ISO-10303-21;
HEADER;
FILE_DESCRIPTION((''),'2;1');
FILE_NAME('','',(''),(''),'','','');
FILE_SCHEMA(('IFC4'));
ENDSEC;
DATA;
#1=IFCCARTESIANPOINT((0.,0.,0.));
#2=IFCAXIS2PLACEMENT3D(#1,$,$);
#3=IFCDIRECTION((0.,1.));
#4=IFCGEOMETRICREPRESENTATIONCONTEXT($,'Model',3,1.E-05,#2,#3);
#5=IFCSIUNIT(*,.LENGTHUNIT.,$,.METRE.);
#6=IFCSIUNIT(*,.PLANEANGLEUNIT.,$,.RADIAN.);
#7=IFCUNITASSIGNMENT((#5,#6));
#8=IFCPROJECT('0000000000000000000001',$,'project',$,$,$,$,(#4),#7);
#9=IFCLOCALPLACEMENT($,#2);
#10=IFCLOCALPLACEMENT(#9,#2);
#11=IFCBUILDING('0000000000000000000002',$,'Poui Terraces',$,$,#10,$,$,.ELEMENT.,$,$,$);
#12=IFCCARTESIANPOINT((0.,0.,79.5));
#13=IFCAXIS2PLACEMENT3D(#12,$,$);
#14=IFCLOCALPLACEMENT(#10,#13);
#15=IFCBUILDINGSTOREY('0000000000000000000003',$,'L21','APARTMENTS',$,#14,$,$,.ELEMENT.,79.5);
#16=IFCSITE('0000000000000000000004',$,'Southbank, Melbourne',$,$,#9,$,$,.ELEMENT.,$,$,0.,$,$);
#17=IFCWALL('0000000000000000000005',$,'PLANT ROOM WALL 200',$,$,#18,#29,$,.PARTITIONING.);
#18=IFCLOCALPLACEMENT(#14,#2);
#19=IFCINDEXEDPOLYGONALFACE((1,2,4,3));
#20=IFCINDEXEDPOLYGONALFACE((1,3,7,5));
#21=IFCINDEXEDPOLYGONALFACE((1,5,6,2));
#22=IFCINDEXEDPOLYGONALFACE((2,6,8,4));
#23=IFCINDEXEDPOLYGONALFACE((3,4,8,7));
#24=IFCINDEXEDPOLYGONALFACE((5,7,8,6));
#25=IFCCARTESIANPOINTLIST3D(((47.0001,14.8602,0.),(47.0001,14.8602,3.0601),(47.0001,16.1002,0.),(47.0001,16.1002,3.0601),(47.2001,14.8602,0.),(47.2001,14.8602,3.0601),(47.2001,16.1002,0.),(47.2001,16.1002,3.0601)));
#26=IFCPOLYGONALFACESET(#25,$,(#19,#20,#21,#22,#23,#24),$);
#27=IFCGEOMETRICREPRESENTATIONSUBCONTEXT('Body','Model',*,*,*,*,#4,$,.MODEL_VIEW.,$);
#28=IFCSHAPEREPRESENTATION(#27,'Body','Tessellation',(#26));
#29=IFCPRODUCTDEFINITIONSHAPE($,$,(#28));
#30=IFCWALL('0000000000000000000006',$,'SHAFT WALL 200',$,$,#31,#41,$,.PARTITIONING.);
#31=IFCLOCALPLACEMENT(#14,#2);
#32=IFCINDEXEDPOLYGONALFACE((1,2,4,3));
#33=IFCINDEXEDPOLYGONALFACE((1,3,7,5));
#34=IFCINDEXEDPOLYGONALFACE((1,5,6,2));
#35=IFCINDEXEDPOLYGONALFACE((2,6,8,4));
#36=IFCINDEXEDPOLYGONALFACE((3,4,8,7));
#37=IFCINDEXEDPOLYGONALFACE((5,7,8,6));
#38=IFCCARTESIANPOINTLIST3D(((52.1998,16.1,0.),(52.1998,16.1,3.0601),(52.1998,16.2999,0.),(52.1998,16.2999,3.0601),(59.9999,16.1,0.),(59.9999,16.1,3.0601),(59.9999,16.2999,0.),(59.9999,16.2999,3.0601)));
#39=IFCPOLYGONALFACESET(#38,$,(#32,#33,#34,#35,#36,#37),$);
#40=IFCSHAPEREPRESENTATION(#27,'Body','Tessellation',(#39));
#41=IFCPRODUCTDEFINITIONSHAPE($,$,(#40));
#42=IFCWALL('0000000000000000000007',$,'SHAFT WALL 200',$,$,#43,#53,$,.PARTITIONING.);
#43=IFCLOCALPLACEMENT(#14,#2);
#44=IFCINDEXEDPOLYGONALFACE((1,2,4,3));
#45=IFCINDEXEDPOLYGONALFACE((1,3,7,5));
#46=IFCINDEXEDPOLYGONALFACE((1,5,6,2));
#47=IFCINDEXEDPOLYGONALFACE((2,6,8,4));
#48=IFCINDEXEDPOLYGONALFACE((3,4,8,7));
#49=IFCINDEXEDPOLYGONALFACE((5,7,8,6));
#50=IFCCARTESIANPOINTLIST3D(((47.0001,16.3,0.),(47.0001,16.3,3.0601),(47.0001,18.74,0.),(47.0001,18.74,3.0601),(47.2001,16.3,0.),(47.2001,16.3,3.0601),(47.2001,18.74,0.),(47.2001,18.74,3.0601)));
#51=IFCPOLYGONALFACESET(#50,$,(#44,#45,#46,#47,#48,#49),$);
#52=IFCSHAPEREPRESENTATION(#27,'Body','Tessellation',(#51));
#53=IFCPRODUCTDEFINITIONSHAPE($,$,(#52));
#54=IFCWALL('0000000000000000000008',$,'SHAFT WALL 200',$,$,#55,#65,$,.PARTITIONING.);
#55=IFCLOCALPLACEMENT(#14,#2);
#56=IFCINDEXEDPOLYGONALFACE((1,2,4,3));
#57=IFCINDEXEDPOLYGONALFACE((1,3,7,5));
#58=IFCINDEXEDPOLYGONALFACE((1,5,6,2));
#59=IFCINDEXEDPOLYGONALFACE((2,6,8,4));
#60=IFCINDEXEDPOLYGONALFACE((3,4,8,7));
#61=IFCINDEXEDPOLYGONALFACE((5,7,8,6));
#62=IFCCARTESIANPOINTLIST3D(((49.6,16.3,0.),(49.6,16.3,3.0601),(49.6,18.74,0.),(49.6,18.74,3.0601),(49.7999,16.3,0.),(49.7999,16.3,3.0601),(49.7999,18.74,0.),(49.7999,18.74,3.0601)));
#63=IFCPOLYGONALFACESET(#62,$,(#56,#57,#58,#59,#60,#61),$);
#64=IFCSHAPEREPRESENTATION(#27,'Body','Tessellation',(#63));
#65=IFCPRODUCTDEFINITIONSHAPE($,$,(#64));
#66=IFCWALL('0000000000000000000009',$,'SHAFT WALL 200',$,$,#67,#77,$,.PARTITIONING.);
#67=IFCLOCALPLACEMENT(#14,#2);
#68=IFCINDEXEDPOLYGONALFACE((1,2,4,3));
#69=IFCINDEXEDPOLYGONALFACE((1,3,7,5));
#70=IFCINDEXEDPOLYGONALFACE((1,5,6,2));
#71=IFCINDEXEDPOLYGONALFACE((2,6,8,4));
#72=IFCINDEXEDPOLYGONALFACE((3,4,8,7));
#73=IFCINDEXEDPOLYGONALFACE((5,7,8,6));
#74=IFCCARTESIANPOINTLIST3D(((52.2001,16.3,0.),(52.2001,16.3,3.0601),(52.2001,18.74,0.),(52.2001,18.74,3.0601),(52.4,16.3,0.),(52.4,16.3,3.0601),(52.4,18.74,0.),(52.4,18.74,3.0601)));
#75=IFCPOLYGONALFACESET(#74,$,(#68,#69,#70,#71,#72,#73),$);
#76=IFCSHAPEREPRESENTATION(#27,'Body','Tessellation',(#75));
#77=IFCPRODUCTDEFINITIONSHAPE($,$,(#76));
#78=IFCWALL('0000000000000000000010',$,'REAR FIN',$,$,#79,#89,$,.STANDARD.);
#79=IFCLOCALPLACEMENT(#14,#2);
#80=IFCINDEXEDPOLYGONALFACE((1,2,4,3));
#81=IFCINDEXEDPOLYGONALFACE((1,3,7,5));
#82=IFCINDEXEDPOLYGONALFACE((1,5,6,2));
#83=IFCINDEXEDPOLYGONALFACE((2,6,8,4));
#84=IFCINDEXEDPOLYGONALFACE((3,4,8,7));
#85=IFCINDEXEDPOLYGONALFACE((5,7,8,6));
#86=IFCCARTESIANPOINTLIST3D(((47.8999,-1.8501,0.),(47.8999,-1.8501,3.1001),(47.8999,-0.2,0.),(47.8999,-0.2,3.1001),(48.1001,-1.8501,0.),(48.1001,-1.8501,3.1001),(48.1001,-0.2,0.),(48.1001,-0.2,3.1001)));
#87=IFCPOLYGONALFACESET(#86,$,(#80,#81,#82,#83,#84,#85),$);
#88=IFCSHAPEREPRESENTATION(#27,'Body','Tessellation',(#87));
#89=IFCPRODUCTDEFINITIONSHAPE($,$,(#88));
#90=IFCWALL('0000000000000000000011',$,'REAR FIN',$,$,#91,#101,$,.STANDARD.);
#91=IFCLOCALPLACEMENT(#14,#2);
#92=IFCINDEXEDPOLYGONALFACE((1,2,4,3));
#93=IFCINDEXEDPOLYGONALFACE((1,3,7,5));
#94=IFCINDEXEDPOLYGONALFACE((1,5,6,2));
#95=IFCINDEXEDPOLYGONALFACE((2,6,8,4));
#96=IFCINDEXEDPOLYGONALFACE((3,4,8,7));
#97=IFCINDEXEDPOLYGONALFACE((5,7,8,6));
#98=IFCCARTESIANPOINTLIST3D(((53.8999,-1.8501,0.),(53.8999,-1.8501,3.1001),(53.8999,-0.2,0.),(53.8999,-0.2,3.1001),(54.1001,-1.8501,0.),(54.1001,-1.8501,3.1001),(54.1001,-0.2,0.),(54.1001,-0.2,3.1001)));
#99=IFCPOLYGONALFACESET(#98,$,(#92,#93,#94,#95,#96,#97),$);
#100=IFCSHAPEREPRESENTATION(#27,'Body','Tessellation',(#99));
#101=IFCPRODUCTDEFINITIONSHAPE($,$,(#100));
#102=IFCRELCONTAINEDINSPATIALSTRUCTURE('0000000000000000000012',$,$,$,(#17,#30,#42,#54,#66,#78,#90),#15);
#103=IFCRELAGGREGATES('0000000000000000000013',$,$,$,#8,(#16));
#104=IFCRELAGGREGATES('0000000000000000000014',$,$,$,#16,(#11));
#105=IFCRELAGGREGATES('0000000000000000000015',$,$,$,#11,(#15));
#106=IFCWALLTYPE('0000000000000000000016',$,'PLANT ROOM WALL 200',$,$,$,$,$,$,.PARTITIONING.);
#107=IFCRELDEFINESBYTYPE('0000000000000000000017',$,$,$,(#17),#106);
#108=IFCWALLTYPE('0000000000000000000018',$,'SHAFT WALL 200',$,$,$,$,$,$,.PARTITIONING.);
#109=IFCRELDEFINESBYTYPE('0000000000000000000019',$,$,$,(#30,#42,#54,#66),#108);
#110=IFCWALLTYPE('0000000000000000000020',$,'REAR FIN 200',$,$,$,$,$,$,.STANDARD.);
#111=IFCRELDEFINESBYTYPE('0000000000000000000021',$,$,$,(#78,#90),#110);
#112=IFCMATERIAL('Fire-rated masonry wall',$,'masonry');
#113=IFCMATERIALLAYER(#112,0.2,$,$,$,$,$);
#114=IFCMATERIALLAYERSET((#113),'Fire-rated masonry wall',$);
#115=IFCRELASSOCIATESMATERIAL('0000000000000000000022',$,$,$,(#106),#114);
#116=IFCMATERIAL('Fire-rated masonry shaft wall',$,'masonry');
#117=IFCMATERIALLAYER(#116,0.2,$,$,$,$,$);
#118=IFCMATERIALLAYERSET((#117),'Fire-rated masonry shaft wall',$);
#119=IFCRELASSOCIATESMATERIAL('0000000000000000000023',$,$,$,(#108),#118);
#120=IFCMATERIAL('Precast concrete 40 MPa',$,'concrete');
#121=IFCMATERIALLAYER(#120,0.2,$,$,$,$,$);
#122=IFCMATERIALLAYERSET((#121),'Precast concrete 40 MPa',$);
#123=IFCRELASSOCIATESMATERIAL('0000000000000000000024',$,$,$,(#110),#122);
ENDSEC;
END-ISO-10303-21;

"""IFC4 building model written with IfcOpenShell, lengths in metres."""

from ifc_helpers import new_model, si_unit, direction, frame, frame_2d, origin, place, context, subcontext, project, spatial, polyline, rectangle, outline, extrude, source, transform, mapped, material, layer, layer_set, type_object, element, save


model = new_model("IFC4")

# Units and contexts
model_context = context("Model", 3, precision=1e-05, world=origin(), true_north=direction((0.0, 1.0)))
body_context = subcontext(model_context, "Body", "Model", "MODEL_VIEW")
ifc_project = project(units=[si_unit("LENGTHUNIT", "METRE"), si_unit("PLANEANGLEUNIT", "RADIAN")], contexts=[model_context])

# Site, building, storey
site_placement = place(None, origin())
site = spatial("IfcSite", under=ifc_project, at=site_placement, Name="Southbank, Melbourne", CompositionType="ELEMENT", RefElevation=0.0)
building_placement = place(site_placement, origin())
building = spatial("IfcBuilding", under=site, at=building_placement, Name="Poui Terraces", CompositionType="ELEMENT")
storey_placement = place(building_placement, frame((0.0, 0.0, 79.5)))
storey = spatial("IfcBuildingStorey", under=building, at=storey_placement, Name="L21", Description="APARTMENTS", CompositionType="ELEMENT", Elevation=79.5)

# Shared definitions
ifc_material_1 = material(Name="Precast concrete 40 MPa", Category="concrete")

# Walls
ifc_material_2 = material(Name="Fire-rated masonry wall", Category="masonry")
ifc_layer_1 = layer(ifc_material_2, 0.2)
ifc_layer_set_1 = layer_set([ifc_layer_1], Name="Fire-rated masonry wall")
wall_type_1 = type_object("IfcWallType", Name="PLANT ROOM WALL 200", PredefinedType="PARTITIONING", material=ifc_layer_set_1)
wall_1_placement = place(storey_placement, frame((47.1001, 14.8601, 0.0), z_axis=(0.0, 0.0, 1.0), x_axis=(0.0, 1.0, 0.0)))
element("IfcWall", 1, at=wall_1_placement, inside=storey, type_object=wall_type_1, Name="PLANT ROOM WALL 200", PredefinedType="PARTITIONING", context=body_context, shape_type="SweptSolid", body=[
    extrude(rectangle(XDim=1.24, YDim=0.2, at=frame_2d((0.6201, 0.0))), origin(), (0.0, 0.0, 1.0), 3.0601),
])
ifc_material_3 = material(Name="Fire-rated masonry shaft wall", Category="masonry")
ifc_layer_2 = layer(ifc_material_3, 0.2)
ifc_layer_set_2 = layer_set([ifc_layer_2], Name="Fire-rated masonry shaft wall")
wall_type_2 = type_object("IfcWallType", Name="SHAFT WALL 200", PredefinedType="PARTITIONING", material=ifc_layer_set_2)
wall_2_placement = place(storey_placement, frame((52.2, 16.2, 0.0), z_axis=(0.0, 0.0, 1.0), x_axis=(1.0, 0.0, 0.0)))
element("IfcWall", 2, at=wall_2_placement, inside=storey, type_object=wall_type_2, Name="SHAFT WALL 200", PredefinedType="PARTITIONING", context=body_context, shape_type="SweptSolid", body=[
    extrude(rectangle(XDim=7.8, YDim=0.2, at=frame_2d((3.8999, 0.0))), origin(), (0.0, 0.0, 1.0), 3.0601),
])
for number, where, z_axis, x_axis, name in (
    (3, (47.1001, 16.3, 0.0), (0.0, 0.0, 1.0), (0.0, 1.0, 0.0), "SHAFT WALL 200"),
    (4, (49.7, 16.3, 0.0), (0.0, 0.0, 1.0), (0.0, 1.0, 0.0), "SHAFT WALL 200"),
    (5, (52.3, 16.3, 0.0), (0.0, 0.0, 1.0), (0.0, 1.0, 0.0), "SHAFT WALL 200"),
):
    element("IfcWall", number, at=place(storey_placement, frame(where, z_axis=z_axis, x_axis=x_axis)), inside=storey, type_object=wall_type_2, Name=name, PredefinedType="PARTITIONING", context=body_context, shape_type="SweptSolid", body=[
        extrude(rectangle(XDim=2.4399, YDim=0.2, at=frame_2d((1.22, 0.0))), origin(), (0.0, 0.0, 1.0), 3.0601),
    ])
ifc_layer_3 = layer(ifc_material_1, 0.2)
ifc_layer_set_3 = layer_set([ifc_layer_3], Name="Precast concrete 40 MPa")
wall_type_3 = type_object("IfcWallType", Name="REAR FIN 200", PredefinedType="STANDARD", material=ifc_layer_set_3)
shared_shape_1 = source(origin(), body_context, "Body", "SweptSolid", [
    extrude(outline(polyline([(0.0, 0.0), (0.2002, 0.0), (0.2002, 1.6501), (0.0, 1.6501), (0.0, 0.0)])), origin(), (0.0, 0.0, 1.0), 3.1001),
])
for number, where, name in (
    (6, (47.8999, -1.8501, 0.0), "REAR FIN"),
    (7, (53.8999, -1.8501, 0.0), "REAR FIN"),
):
    element("IfcWall", number, at=place(storey_placement, frame(where)), inside=storey, type_object=wall_type_3, Name=name, PredefinedType="STANDARD", context=body_context, shape_type="MappedRepresentation", body=[
        mapped(shared_shape_1, transform((0.0, 0.0, 0.0))),
    ])

save(model, "model.ifc")
